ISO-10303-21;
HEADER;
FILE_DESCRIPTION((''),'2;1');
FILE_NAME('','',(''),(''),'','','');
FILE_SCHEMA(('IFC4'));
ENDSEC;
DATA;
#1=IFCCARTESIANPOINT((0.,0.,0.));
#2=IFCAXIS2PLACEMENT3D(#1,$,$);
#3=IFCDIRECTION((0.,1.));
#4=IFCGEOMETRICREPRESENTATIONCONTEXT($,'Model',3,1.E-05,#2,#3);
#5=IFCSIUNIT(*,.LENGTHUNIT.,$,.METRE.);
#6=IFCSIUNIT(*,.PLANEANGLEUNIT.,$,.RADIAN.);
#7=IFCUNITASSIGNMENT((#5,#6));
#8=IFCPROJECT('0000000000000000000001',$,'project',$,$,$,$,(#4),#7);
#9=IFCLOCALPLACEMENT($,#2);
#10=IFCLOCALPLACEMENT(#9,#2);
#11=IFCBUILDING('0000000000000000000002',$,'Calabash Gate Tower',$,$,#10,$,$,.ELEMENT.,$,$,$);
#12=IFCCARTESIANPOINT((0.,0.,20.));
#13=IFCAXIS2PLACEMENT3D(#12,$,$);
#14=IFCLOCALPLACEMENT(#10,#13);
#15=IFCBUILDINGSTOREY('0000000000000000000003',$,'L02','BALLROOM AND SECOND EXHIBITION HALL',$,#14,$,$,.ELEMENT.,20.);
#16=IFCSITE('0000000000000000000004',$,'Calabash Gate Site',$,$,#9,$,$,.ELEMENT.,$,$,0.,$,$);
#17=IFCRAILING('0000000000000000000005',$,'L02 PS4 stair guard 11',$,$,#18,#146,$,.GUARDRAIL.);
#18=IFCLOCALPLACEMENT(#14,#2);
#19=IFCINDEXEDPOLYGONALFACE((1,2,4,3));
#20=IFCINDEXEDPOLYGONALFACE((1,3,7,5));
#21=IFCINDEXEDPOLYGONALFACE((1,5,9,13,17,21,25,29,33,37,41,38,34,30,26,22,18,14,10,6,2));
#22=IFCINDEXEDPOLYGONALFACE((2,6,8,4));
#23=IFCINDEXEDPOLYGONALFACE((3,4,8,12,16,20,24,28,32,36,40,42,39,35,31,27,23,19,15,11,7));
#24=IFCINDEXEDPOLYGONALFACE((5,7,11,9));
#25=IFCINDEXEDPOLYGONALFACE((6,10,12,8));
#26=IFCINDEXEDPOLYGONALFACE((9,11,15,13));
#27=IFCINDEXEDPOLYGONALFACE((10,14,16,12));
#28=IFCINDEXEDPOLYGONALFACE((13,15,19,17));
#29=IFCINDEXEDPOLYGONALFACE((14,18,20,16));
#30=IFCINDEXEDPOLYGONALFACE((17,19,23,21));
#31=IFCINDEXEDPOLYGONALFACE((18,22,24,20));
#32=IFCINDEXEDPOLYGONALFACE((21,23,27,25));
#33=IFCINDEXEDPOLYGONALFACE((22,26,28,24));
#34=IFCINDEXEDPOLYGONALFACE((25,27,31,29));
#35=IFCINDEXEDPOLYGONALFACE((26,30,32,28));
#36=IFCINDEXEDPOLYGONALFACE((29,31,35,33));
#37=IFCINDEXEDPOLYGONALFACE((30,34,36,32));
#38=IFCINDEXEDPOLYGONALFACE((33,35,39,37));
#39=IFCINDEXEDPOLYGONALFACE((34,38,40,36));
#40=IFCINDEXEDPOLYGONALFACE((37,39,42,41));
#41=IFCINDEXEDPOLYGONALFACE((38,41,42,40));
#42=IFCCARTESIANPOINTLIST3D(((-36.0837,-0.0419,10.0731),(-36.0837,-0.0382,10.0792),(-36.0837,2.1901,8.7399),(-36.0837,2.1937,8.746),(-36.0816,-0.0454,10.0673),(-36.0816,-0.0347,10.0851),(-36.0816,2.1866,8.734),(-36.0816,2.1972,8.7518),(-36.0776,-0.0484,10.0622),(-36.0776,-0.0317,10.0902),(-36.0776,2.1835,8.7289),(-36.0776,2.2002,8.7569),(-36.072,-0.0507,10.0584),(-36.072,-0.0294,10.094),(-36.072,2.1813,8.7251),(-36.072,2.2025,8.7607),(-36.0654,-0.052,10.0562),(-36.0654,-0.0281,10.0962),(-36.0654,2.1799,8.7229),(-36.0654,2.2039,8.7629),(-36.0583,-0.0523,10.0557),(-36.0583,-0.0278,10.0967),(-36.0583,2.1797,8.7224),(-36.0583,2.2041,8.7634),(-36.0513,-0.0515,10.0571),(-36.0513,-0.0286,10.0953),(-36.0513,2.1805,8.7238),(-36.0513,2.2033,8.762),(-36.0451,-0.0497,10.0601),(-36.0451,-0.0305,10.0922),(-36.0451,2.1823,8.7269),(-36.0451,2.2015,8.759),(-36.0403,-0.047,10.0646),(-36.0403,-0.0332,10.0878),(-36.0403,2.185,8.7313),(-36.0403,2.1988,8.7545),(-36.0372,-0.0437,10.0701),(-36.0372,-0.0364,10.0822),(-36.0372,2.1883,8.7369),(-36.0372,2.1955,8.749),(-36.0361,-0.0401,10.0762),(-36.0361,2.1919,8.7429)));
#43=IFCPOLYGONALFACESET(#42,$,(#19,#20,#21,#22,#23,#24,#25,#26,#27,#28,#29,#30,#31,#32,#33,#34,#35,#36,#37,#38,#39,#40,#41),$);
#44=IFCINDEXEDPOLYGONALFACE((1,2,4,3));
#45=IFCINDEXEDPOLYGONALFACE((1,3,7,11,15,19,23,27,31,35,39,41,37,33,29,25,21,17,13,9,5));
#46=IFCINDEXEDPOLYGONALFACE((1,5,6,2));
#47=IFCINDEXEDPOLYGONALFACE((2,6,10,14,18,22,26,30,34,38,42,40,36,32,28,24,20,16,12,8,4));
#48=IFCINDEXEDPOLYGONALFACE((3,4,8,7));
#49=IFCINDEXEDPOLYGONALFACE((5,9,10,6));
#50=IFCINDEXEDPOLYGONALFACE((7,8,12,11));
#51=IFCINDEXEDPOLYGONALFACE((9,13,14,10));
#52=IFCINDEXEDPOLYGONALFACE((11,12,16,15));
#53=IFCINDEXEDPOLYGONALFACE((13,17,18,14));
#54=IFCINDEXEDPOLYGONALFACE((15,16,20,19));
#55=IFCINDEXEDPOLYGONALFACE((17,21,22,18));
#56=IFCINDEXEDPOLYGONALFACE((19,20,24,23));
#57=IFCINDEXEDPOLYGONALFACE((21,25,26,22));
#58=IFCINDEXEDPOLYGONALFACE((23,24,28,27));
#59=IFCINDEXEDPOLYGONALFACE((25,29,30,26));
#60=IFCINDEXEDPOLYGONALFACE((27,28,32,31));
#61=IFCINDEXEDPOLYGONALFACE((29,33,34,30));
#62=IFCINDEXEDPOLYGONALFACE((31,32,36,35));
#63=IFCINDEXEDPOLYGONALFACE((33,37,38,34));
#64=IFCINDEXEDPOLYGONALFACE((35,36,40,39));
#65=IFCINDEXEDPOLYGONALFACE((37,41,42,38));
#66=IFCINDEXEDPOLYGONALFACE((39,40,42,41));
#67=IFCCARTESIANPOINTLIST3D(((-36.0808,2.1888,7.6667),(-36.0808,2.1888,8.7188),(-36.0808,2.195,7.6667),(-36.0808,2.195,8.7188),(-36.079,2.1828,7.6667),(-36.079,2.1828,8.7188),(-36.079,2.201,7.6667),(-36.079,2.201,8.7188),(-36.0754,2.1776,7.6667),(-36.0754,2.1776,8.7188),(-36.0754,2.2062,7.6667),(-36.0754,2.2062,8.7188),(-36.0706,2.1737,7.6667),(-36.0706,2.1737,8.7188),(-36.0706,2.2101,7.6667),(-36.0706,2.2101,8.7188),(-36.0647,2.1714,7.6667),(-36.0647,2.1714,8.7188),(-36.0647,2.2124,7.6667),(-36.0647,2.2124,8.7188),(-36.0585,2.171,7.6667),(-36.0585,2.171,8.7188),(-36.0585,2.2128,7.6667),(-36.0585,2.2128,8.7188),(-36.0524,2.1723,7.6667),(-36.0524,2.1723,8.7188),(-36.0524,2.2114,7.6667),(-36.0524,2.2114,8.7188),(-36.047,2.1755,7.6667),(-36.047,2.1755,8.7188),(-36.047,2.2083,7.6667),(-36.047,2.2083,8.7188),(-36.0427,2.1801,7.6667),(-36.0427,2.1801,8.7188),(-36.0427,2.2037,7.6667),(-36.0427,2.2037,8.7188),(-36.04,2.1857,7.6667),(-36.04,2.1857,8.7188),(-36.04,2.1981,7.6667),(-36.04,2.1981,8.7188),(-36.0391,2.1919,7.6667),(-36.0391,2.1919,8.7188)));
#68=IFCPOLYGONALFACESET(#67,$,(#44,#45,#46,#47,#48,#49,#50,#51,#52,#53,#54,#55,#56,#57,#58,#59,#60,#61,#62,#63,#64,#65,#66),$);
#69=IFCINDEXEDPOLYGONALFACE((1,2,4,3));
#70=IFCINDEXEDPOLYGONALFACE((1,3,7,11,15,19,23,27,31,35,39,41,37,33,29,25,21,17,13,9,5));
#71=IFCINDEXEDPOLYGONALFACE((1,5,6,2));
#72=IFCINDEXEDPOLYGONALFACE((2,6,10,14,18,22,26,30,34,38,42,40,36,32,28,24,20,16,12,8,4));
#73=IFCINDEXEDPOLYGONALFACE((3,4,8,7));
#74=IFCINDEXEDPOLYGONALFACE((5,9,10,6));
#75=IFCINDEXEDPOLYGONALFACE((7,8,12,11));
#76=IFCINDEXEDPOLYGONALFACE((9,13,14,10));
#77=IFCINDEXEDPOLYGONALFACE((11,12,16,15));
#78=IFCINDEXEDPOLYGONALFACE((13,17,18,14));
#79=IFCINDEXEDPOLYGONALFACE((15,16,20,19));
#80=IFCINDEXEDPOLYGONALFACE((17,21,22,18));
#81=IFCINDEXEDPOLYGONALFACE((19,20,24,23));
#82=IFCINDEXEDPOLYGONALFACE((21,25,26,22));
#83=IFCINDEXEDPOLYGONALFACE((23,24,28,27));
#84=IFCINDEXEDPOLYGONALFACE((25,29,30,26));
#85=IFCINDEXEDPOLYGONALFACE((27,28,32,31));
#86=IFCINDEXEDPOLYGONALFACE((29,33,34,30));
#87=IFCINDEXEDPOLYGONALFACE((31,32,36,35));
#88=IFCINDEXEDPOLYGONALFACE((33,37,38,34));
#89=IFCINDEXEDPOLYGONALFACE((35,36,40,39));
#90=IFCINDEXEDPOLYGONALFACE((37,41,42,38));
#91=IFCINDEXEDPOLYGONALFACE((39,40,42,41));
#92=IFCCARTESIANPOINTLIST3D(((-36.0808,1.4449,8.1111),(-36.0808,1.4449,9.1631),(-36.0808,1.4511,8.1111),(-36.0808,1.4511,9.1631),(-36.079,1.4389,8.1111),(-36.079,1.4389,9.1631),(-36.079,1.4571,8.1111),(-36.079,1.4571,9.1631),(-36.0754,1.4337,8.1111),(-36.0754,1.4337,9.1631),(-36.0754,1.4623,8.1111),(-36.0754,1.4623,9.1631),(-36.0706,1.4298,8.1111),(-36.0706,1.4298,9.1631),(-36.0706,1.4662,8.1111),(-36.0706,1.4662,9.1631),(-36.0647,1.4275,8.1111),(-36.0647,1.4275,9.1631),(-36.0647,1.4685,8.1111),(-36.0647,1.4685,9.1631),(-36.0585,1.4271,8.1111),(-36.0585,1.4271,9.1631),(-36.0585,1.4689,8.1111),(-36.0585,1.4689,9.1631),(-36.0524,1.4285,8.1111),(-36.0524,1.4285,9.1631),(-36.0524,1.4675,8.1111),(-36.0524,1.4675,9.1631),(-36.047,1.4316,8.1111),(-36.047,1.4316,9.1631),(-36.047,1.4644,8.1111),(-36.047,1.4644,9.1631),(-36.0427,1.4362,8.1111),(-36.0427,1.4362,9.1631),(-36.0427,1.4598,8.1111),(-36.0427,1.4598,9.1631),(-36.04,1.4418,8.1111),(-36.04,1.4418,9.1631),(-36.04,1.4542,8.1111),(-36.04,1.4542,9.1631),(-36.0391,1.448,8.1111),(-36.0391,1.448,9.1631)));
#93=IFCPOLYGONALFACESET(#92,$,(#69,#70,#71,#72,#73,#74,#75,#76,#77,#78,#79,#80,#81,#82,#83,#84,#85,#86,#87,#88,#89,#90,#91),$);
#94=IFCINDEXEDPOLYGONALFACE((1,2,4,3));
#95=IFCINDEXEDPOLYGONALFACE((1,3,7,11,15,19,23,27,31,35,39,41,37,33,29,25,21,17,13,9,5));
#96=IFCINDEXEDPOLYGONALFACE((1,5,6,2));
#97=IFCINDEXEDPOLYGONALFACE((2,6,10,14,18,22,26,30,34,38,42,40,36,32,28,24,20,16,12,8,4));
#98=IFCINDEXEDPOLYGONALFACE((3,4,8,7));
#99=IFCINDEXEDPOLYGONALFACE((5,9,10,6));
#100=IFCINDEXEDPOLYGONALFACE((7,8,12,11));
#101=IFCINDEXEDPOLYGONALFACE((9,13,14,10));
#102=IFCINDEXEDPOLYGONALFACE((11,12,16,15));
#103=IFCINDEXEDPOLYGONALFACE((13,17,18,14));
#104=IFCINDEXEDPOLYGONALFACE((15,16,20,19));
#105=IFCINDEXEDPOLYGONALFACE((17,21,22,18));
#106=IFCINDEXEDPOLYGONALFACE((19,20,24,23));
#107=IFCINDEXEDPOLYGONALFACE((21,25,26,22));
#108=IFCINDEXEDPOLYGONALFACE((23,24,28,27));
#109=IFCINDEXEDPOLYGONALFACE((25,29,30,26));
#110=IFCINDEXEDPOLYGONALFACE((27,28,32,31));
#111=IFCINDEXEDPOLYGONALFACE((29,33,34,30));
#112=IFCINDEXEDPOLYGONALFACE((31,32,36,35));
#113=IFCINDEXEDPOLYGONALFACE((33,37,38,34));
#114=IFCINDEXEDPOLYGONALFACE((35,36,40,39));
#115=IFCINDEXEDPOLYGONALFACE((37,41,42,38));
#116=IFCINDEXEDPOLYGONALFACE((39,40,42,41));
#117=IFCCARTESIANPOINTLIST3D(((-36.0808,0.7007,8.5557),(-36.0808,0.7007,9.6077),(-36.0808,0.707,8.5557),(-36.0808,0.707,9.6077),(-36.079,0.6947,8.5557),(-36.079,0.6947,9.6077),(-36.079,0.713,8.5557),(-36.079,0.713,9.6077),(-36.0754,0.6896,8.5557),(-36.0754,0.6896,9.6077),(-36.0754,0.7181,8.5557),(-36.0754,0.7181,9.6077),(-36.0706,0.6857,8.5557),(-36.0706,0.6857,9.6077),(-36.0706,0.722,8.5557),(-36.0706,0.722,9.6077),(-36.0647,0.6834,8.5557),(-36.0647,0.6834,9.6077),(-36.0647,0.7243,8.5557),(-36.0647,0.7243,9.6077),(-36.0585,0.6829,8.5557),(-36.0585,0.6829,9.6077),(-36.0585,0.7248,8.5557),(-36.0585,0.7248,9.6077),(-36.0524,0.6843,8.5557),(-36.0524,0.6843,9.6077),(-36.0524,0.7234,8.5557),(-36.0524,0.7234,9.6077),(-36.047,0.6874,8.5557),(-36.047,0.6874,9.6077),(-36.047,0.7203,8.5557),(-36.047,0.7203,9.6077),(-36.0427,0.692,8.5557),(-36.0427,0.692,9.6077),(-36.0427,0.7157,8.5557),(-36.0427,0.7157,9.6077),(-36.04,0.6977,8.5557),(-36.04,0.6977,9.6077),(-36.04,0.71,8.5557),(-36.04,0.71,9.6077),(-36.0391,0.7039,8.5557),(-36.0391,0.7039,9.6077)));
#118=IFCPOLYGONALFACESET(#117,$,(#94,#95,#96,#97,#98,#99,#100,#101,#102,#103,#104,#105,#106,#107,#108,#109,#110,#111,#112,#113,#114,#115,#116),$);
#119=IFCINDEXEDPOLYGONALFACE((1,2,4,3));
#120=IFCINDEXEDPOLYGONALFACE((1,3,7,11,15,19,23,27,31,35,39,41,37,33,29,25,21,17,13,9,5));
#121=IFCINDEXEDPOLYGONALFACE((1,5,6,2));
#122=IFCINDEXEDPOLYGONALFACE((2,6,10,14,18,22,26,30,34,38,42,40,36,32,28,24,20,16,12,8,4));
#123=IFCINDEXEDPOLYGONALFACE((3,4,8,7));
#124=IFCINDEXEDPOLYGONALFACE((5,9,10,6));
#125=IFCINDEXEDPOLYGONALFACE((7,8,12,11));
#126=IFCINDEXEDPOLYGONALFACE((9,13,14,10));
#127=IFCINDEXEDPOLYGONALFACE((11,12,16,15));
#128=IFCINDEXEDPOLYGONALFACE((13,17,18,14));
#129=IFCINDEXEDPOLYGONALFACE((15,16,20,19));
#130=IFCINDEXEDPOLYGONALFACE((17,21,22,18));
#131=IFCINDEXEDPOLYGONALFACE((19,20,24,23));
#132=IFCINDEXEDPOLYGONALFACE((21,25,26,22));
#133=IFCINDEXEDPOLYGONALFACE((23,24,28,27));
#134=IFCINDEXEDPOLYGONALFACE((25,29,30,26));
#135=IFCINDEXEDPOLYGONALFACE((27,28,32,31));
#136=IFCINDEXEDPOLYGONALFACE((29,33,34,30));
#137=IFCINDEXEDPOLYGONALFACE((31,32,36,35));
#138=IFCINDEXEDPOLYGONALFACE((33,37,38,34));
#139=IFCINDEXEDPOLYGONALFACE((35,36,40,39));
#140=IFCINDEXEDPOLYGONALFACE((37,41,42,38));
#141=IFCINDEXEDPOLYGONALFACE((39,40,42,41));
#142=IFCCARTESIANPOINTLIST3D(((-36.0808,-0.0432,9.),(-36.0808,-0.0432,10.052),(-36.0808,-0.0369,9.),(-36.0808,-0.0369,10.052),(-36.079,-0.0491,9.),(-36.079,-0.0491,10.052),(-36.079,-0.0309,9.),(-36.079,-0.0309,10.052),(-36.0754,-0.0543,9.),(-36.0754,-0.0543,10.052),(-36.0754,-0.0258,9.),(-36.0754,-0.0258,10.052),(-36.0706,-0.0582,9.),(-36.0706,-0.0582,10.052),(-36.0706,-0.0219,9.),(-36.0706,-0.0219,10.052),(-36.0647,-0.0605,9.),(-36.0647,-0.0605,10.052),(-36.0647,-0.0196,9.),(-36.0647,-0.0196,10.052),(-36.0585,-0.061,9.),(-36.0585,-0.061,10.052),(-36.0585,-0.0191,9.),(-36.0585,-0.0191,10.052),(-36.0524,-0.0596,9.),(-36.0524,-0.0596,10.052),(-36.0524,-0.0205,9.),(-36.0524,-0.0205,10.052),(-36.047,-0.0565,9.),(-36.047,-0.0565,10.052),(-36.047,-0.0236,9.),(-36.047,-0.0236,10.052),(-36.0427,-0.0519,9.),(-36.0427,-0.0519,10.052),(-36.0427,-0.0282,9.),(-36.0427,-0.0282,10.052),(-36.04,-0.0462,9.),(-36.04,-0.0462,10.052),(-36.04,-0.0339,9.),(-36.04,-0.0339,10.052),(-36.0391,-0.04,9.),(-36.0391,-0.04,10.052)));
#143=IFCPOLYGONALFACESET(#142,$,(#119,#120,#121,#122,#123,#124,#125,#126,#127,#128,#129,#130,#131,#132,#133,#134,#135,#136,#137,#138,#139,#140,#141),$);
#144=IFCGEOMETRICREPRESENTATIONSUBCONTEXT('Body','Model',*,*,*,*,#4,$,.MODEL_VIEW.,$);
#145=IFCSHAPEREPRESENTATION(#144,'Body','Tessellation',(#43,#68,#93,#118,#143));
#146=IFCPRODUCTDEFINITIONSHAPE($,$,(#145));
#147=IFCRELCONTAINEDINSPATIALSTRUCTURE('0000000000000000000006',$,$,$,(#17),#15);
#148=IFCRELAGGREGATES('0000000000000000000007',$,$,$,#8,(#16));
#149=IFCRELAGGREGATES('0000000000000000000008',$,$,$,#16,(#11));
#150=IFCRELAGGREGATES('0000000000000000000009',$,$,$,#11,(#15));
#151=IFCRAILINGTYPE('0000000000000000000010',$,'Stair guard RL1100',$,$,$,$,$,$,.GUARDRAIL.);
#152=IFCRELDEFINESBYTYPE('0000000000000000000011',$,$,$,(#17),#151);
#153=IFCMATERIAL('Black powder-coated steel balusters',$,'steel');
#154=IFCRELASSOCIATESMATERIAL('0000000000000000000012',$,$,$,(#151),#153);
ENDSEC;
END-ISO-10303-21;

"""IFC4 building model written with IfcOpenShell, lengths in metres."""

from ifc_helpers import new_model, si_unit, direction, frame, origin, origin_2d, place, context, subcontext, project, spatial, circle, extrude, material, type_object, element, save


model = new_model("IFC4")

# Units and contexts
model_context = context("Model", 3, precision=1e-05, world=origin(), true_north=direction((0.0, 1.0)))
body_context = subcontext(model_context, "Body", "Model", "MODEL_VIEW")
ifc_project = project(units=[si_unit("LENGTHUNIT", "METRE"), si_unit("PLANEANGLEUNIT", "RADIAN")], contexts=[model_context])

# Site, building, storey
site_placement = place(None, origin())
site = spatial("IfcSite", under=ifc_project, at=site_placement, Name="Calabash Gate Site", CompositionType="ELEMENT", RefElevation=0.0)
building_placement = place(site_placement, origin())
building = spatial("IfcBuilding", under=site, at=building_placement, Name="Calabash Gate Tower", CompositionType="ELEMENT")
storey_placement = place(building_placement, frame((0.0, 0.0, 20.0)))
storey = spatial("IfcBuildingStorey", under=building, at=storey_placement, Name="L02", Description="BALLROOM AND SECOND EXHIBITION HALL", CompositionType="ELEMENT", Elevation=20.0)

# Railing
ifc_material_1 = material(Name="Black powder-coated steel balusters", Category="steel")
railing_type_1 = type_object("IfcRailingType", Name="Stair guard RL1100", PredefinedType="GUARDRAIL", material=ifc_material_1)
railing_1_placement = place(storey_placement, frame((-36.0601, 2.1919, 7.6667)))
element("IfcRailing", 1, at=railing_1_placement, inside=storey, type_object=railing_type_1, Name="L02 PS4 stair guard 11", PredefinedType="GUARDRAIL", context=body_context, shape_type="SweptSolid", body=[
    extrude(circle(Radius=0.0239, at=origin_2d()), frame((0.0, 0.0, 1.0762), z_axis=(0.0, -0.858494, 0.512824), x_axis=(1.0, 0.0, 0.0)), (0.0, 0.0, 1.0), 2.5999),
    extrude(circle(Radius=0.021, at=origin_2d()), origin(), (0.0, 0.0, 1.0), 1.052),
    extrude(circle(Radius=0.021, at=origin_2d()), frame((0.0, -0.7439, 0.4443)), (0.0, 0.0, 1.0), 1.052),
    extrude(circle(Radius=0.021, at=origin_2d()), frame((0.0, -1.488, 0.8889)), (0.0, 0.0, 1.0), 1.052),
    extrude(circle(Radius=0.021, at=origin_2d()), frame((0.0, -2.2319, 1.3333)), (0.0, 0.0, 1.0), 1.052),
])

save(model, "model.ifc")
